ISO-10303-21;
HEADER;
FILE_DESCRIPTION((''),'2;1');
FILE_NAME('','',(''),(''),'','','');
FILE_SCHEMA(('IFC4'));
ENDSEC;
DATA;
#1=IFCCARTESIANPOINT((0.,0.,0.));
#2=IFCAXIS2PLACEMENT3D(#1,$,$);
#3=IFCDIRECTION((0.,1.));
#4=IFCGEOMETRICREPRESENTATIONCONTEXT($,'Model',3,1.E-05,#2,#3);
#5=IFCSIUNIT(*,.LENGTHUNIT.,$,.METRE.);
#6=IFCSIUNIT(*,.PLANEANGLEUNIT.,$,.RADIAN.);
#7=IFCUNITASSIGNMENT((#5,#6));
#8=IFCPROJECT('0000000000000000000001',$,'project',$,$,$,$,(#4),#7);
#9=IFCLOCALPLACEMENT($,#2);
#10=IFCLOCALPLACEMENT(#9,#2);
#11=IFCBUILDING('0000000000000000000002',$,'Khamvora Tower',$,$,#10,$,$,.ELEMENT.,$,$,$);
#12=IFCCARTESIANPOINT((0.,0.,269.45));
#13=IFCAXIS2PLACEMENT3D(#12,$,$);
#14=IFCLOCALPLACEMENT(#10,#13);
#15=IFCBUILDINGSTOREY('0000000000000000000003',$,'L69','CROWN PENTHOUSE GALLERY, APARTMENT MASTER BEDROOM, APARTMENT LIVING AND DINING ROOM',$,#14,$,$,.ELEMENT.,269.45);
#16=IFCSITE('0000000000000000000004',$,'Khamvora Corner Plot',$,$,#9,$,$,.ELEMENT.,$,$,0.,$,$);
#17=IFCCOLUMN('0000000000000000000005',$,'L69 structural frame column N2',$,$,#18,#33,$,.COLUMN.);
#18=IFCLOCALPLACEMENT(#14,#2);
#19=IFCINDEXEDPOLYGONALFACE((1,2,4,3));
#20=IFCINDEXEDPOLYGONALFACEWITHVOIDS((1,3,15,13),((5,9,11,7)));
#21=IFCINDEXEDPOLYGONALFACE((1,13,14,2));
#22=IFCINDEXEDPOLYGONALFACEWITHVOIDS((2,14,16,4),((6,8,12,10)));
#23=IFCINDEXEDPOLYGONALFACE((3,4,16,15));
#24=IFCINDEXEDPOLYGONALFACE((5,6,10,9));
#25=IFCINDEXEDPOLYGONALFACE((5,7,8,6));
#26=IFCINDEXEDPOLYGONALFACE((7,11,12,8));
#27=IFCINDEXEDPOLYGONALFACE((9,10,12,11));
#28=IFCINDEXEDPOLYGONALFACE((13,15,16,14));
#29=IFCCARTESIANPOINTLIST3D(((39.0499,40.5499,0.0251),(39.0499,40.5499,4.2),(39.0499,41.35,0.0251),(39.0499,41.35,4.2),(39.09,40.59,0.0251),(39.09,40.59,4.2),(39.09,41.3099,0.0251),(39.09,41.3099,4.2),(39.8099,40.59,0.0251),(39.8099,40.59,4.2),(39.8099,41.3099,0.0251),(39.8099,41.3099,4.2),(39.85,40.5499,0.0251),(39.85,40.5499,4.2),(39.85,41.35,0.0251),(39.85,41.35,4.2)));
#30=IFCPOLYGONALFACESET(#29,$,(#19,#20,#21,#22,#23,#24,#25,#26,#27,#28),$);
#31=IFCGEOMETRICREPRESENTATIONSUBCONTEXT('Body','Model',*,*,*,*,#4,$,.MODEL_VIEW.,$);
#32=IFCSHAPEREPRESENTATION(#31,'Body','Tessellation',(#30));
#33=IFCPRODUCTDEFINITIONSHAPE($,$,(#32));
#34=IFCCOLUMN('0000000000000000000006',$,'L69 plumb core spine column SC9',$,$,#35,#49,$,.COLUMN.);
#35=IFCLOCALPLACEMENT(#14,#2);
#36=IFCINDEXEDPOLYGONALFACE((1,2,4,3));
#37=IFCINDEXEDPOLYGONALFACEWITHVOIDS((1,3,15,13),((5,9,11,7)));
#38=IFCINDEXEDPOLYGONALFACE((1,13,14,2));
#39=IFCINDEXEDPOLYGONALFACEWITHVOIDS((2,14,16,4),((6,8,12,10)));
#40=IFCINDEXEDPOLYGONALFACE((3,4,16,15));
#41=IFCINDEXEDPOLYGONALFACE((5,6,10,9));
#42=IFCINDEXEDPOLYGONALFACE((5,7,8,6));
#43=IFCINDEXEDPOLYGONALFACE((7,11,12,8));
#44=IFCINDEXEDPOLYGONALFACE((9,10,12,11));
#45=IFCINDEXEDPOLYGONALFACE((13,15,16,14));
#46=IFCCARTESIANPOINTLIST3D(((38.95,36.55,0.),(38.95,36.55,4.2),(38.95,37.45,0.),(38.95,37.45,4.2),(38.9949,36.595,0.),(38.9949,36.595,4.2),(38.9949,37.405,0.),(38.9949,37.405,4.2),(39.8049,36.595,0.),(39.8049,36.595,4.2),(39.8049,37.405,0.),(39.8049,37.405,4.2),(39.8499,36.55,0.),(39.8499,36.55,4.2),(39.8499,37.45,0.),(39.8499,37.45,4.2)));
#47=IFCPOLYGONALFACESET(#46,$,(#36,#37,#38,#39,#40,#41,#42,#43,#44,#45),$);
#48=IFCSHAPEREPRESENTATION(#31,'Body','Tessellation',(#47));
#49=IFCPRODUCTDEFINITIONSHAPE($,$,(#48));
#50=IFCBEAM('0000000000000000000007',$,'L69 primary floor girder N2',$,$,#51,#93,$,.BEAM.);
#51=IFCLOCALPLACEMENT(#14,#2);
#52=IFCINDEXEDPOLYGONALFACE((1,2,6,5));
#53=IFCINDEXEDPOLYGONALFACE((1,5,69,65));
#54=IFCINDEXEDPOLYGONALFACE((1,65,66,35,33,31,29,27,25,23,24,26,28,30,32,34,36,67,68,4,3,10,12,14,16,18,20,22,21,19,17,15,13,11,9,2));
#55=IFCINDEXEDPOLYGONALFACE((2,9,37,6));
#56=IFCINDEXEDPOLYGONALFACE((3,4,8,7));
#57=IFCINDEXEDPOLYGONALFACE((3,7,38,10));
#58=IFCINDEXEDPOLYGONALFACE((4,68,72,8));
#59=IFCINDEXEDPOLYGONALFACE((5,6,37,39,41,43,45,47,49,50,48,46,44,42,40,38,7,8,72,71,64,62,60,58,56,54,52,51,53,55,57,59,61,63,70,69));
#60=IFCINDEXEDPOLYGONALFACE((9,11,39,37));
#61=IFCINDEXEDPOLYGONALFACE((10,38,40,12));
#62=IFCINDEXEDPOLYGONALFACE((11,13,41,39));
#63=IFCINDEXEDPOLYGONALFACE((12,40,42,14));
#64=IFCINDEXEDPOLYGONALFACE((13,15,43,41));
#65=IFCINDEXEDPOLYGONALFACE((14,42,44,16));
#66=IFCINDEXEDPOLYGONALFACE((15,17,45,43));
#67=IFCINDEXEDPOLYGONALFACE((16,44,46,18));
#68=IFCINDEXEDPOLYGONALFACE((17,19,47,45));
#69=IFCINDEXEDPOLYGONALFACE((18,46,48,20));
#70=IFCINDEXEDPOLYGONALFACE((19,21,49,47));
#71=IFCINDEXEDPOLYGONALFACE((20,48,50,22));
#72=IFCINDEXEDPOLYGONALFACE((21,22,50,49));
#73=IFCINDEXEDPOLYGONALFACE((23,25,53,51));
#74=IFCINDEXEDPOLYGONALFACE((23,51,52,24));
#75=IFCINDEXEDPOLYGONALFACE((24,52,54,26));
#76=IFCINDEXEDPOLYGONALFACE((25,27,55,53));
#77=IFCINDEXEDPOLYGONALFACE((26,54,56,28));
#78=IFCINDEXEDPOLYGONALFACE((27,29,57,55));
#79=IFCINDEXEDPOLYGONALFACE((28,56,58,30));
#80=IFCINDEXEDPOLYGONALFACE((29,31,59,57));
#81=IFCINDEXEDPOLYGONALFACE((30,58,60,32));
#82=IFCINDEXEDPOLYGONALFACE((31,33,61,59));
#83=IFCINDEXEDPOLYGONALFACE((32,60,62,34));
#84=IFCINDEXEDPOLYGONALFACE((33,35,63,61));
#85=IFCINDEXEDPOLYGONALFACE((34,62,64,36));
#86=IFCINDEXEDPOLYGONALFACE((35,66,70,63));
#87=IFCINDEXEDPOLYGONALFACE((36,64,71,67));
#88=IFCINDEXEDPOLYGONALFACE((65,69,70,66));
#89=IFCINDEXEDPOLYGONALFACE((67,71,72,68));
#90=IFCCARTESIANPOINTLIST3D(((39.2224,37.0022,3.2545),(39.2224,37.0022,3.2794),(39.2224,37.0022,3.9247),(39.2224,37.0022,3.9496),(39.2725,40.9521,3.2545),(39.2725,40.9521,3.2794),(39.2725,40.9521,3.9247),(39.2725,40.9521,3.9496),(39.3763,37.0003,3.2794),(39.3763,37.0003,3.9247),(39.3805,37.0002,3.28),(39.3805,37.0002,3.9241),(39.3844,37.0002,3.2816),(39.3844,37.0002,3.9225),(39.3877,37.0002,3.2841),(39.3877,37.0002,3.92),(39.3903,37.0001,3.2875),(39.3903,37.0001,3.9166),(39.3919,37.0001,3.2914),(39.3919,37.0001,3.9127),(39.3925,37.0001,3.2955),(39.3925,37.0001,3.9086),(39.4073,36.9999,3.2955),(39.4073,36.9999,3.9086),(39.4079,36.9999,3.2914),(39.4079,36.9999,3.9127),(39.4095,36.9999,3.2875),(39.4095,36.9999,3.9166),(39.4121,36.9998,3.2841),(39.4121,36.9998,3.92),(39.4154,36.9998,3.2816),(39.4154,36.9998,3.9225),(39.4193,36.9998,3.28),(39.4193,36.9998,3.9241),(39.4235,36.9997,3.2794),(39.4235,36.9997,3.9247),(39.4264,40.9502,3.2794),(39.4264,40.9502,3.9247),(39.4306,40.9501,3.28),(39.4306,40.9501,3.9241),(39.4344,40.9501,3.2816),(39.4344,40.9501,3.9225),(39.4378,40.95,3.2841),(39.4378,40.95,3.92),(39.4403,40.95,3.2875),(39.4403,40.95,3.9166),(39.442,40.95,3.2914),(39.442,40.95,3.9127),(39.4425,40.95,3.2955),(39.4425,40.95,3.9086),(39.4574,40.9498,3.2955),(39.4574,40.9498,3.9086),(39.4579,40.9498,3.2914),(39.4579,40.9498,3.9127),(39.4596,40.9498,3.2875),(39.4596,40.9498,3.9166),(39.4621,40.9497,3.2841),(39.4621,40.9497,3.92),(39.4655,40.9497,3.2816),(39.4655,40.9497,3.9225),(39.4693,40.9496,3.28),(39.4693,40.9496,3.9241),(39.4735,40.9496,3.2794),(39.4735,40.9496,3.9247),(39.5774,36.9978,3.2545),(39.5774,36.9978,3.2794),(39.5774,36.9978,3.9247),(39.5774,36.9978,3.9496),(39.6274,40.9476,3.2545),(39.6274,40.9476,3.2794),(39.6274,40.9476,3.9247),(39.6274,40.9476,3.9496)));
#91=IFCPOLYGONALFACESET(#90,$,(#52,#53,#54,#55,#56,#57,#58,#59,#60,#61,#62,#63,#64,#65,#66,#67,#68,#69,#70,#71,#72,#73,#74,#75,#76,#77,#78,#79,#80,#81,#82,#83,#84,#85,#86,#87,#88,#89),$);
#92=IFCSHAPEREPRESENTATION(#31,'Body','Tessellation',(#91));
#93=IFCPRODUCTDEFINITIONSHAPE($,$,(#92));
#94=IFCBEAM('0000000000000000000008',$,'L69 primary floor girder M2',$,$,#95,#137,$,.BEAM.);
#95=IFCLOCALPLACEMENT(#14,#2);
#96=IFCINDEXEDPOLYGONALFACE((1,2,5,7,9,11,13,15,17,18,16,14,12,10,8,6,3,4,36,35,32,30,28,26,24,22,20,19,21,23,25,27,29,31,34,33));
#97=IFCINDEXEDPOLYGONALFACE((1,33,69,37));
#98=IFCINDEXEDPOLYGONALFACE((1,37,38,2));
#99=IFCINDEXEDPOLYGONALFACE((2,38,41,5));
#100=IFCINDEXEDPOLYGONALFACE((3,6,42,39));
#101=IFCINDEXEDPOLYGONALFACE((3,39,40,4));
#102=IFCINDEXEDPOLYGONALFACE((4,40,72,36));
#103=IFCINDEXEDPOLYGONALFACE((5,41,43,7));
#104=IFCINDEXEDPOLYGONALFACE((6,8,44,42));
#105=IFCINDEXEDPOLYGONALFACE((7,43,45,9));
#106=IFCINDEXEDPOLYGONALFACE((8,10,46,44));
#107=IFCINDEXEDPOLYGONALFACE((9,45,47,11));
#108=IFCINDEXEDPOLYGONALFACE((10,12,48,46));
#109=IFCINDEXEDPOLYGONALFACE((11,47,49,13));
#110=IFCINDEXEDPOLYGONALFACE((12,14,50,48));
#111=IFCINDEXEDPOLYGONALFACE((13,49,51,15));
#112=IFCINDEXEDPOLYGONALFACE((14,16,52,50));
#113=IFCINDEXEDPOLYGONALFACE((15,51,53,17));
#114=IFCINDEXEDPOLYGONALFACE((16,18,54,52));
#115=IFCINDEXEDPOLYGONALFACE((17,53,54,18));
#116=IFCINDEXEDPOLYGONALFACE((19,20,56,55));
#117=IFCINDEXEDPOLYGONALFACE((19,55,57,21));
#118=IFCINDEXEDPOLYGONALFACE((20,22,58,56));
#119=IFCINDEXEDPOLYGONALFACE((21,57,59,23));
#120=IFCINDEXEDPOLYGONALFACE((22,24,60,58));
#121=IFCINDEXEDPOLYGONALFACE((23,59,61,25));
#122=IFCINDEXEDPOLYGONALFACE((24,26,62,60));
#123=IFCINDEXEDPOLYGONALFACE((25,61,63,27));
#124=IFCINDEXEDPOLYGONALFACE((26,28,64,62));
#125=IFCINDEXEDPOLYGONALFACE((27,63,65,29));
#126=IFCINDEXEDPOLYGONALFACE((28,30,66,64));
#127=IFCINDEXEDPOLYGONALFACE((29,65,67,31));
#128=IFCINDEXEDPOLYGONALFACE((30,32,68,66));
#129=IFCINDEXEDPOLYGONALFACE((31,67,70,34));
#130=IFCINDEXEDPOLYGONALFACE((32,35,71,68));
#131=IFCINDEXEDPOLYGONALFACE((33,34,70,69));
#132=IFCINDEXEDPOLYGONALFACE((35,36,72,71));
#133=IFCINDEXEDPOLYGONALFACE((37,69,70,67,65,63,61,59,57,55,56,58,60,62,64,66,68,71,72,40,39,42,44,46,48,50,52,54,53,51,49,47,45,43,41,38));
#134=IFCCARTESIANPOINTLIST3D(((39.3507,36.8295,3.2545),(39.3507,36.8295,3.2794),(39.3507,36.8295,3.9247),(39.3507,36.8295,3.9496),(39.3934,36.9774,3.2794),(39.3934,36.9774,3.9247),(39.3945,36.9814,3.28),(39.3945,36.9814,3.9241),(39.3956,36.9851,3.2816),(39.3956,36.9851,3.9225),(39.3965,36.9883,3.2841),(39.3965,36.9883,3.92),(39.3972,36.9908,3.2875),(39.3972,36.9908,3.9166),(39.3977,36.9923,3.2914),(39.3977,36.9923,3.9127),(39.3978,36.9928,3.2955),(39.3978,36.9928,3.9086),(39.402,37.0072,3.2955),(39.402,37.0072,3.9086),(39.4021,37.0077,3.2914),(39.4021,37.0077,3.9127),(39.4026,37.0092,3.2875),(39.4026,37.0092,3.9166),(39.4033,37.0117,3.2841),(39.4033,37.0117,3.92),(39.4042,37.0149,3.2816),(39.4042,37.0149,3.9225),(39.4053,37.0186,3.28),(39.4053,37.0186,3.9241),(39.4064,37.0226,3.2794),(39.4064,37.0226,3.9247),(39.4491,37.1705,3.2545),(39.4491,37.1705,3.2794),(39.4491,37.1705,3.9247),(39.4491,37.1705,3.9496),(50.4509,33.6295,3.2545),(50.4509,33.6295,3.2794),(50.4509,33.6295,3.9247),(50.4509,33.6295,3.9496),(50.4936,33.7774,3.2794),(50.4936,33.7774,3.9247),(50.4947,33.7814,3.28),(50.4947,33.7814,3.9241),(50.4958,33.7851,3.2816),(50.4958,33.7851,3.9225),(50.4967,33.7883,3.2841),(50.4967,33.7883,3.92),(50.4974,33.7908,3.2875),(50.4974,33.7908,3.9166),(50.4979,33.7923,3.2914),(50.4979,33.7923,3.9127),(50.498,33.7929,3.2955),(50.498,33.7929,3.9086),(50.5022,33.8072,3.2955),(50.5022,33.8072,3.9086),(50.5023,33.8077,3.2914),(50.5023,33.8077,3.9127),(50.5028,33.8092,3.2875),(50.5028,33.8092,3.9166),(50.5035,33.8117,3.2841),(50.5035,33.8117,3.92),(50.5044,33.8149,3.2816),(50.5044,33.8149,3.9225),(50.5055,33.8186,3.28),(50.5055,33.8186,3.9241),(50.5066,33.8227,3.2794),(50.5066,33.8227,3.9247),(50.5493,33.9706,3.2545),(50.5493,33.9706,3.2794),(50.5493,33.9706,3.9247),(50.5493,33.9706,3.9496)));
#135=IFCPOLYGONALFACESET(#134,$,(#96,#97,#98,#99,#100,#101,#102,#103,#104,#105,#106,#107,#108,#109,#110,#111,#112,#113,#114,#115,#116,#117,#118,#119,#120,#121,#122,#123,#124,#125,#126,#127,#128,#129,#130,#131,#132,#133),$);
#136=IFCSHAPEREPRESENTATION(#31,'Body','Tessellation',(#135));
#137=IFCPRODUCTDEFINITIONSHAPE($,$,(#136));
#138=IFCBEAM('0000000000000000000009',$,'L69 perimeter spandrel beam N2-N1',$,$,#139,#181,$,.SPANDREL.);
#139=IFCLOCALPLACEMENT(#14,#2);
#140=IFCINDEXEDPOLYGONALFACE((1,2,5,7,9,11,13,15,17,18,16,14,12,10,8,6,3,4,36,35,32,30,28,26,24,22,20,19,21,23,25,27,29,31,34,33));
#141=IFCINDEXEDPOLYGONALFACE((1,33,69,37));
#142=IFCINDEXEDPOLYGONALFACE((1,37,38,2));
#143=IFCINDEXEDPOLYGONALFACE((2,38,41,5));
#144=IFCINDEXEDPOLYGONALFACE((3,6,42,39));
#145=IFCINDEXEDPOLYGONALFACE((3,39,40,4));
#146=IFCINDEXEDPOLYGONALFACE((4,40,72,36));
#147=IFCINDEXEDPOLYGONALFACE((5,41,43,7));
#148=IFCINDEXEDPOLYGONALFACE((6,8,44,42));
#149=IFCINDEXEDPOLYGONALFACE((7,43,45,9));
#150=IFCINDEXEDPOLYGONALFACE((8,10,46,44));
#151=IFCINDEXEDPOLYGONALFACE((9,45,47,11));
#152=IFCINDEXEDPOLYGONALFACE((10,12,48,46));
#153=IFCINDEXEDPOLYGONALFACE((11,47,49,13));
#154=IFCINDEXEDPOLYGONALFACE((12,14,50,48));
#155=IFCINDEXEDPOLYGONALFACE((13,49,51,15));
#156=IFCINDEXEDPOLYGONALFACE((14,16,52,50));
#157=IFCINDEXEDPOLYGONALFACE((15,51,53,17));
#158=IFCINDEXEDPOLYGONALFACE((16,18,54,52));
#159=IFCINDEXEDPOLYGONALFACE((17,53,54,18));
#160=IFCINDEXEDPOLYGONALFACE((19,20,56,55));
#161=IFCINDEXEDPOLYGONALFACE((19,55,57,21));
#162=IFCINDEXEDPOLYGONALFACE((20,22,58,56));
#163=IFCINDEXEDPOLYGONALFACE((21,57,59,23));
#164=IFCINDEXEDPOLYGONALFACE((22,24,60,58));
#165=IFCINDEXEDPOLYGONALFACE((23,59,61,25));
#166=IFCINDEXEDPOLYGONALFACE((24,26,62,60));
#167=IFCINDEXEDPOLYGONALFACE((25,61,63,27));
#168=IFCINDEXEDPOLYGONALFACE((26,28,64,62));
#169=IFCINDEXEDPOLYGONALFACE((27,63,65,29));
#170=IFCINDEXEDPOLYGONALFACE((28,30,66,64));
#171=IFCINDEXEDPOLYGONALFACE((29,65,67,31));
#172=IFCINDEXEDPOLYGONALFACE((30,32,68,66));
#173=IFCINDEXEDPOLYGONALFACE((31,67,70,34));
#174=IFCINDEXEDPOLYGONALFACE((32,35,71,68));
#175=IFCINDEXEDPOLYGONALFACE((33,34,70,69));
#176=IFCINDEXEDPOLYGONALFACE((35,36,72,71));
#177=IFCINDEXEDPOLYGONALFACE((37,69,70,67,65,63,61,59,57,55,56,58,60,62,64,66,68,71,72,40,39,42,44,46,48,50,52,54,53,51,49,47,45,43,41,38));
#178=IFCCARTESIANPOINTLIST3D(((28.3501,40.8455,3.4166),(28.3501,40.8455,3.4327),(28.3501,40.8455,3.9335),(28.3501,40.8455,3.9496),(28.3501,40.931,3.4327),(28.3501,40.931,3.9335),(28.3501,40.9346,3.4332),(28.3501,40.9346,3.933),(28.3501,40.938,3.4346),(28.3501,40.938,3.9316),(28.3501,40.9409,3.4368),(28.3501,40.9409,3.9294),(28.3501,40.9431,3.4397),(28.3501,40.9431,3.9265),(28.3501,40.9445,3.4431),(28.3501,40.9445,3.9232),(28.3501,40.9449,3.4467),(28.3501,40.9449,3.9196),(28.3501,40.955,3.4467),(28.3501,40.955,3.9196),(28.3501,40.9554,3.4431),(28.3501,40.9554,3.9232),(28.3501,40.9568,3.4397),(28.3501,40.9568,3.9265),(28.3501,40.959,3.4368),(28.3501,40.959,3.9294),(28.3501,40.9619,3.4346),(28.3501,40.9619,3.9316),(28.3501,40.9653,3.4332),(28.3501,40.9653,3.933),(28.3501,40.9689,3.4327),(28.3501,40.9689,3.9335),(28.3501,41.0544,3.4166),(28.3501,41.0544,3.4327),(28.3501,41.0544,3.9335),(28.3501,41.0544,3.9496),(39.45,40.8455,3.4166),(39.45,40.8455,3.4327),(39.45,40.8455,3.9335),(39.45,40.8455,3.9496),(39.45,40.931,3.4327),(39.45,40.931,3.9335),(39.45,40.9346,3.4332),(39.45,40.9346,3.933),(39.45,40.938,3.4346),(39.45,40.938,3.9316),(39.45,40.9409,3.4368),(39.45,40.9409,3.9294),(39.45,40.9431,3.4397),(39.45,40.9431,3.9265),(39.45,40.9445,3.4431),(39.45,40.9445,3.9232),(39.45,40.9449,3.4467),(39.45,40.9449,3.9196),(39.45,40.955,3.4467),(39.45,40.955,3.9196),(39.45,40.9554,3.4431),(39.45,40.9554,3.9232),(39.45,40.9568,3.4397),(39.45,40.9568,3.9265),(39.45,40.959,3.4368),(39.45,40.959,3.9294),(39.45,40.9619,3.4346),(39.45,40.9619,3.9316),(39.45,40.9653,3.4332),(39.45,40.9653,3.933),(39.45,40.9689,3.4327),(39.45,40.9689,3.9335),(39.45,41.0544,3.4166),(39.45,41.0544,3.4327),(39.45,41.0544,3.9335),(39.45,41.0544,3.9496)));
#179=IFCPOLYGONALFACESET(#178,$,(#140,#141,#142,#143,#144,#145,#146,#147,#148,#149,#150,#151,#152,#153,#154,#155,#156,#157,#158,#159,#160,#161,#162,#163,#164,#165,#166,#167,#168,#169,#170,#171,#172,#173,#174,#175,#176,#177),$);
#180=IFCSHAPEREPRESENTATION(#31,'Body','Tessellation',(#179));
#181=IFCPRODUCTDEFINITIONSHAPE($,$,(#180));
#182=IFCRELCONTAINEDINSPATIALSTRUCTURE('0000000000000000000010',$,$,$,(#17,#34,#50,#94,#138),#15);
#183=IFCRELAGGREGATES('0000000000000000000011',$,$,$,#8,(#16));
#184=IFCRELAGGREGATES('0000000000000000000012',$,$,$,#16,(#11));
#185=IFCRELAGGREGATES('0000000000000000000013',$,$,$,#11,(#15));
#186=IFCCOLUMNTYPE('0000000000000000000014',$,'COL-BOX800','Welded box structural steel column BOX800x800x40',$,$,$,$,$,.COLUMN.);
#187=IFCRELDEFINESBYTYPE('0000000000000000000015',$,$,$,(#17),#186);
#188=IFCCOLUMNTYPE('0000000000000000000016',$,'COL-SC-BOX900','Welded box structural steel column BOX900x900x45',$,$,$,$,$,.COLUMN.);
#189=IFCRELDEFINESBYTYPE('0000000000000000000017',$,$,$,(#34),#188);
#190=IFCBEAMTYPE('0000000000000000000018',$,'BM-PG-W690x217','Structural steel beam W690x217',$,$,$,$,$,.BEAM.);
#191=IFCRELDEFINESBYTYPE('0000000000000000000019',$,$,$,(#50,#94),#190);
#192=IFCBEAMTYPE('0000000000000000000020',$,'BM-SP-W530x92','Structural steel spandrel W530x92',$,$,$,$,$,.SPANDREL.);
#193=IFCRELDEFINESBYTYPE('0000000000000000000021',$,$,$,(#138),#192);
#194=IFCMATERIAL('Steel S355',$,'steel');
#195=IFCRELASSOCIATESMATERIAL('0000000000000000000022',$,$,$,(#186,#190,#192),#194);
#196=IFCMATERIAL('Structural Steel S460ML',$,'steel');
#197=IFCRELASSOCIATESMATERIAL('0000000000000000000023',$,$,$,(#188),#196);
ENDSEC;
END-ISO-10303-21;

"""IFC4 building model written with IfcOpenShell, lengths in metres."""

from ifc_helpers import new_model, si_unit, direction, frame, origin, origin_2d, place, context, subcontext, project, spatial, hollow_rectangle, i_section, extrude, material, material_profile, profile_set, type_object, element, save


model = new_model("IFC4")

# Units and contexts
model_context = context("Model", 3, precision=1e-05, world=origin(), true_north=direction((0.0, 1.0)))
body_context = subcontext(model_context, "Body", "Model", "MODEL_VIEW")
ifc_project = project(units=[si_unit("LENGTHUNIT", "METRE"), si_unit("PLANEANGLEUNIT", "RADIAN")], contexts=[model_context])

# Site, building, storey
site_placement = place(None, origin())
site = spatial("IfcSite", under=ifc_project, at=site_placement, Name="Khamvora Corner Plot", CompositionType="ELEMENT", RefElevation=0.0)
building_placement = place(site_placement, origin())
building = spatial("IfcBuilding", under=site, at=building_placement, Name="Khamvora Tower", CompositionType="ELEMENT")
storey_placement = place(building_placement, frame((0.0, 0.0, 269.45)))
storey = spatial("IfcBuildingStorey", under=building, at=storey_placement, Name="L69", Description="CROWN PENTHOUSE GALLERY, APARTMENT MASTER BEDROOM, APARTMENT LIVING AND DINING ROOM", CompositionType="ELEMENT", Elevation=269.45)

# Columns
ifc_material_1 = material(Name="Steel S355", Category="steel")
ifc_material_profile_1 = material_profile(ifc_material_1, hollow_rectangle(XDim=0.8, YDim=0.8, WallThickness=0.04, at=origin_2d()), Name="BOX800x800x40")
ifc_profile_set_1 = profile_set([ifc_material_profile_1], Name="Steel S355")
column_type_1 = type_object("IfcColumnType", Name="COL-BOX800", Description="Welded box structural steel column BOX800x800x40", PredefinedType="COLUMN", material=ifc_profile_set_1)
column_1_placement = place(storey_placement, frame((39.45, 40.95, 0.0251), z_axis=(0.0, 0.0, 1.0), x_axis=(1.0, 0.0, 0.0)))
element("IfcColumn", 1, at=column_1_placement, inside=storey, type_object=column_type_1, Name="L69 structural frame column N2", PredefinedType="COLUMN", context=body_context, shape_type="SweptSolid", body=[
    extrude(hollow_rectangle(XDim=0.8, YDim=0.8, WallThickness=0.04, at=origin_2d()), origin(), (0.0, 0.0, 1.0), 4.1748),
])
ifc_material_2 = material(Name="Structural Steel S460ML", Category="steel")
ifc_material_profile_2 = material_profile(ifc_material_2, hollow_rectangle(XDim=0.8999, YDim=0.8999, WallThickness=0.0449, at=origin_2d()), Name="BOX900x900x45")
ifc_profile_set_2 = profile_set([ifc_material_profile_2], Name="Structural Steel S460ML")
column_type_2 = type_object("IfcColumnType", Name="COL-SC-BOX900", Description="Welded box structural steel column BOX900x900x45", PredefinedType="COLUMN", material=ifc_profile_set_2)
column_2_placement = place(storey_placement, frame((39.3999, 37.0, 0.0), z_axis=(0.0, 0.0, 1.0), x_axis=(1.0, 0.0, 0.0)))
element("IfcColumn", 2, at=column_2_placement, inside=storey, type_object=column_type_2, Name="L69 plumb core spine column SC9", PredefinedType="COLUMN", context=body_context, shape_type="SweptSolid", body=[
    extrude(hollow_rectangle(XDim=0.8999, YDim=0.8999, WallThickness=0.0449, at=origin_2d()), origin(), (0.0, 0.0, 1.0), 4.2),
])

# Beams
ifc_material_profile_3 = material_profile(ifc_material_1, i_section(OverallWidth=0.355, OverallDepth=0.6951, WebThickness=0.0149, FlangeThickness=0.0249, FilletRadius=0.0161, at=origin_2d()), Name="W690x217")
ifc_profile_set_3 = profile_set([ifc_material_profile_3], Name="Steel S355")
beam_type_1 = type_object("IfcBeamType", Name="BM-PG-W690x217", Description="Structural steel beam W690x217", PredefinedType="BEAM", material=ifc_profile_set_3)
beam_1_placement = place(storey_placement, frame((39.3999, 37.0, 3.6021), z_axis=(0.01267, 0.99992, 0.0), x_axis=(-0.99992, 0.01267, 0.0)))
element("IfcBeam", 3, at=beam_1_placement, inside=storey, type_object=beam_type_1, Name="L69 primary floor girder N2", PredefinedType="BEAM", context=body_context, shape_type="SweptSolid", body=[
    extrude(i_section(OverallWidth=0.355, OverallDepth=0.6951, WebThickness=0.0149, FlangeThickness=0.0249, FilletRadius=0.0161, at=origin_2d()), origin(), (0.0, 0.0, 1.0), 3.9502),
])
beam_2_placement = place(storey_placement, frame((39.3999, 37.0, 3.6021), z_axis=(0.96087, -0.277001, 0.0), x_axis=(0.277001, 0.96087, 0.0)))
element("IfcBeam", 4, at=beam_2_placement, inside=storey, type_object=beam_type_1, Name="L69 primary floor girder M2", PredefinedType="BEAM", context=body_context, shape_type="SweptSolid", body=[
    extrude(i_section(OverallWidth=0.355, OverallDepth=0.6951, WebThickness=0.0149, FlangeThickness=0.0249, FilletRadius=0.0161, at=origin_2d()), origin(), (0.0, 0.0, 1.0), 11.5522),
])
ifc_material_profile_4 = material_profile(ifc_material_1, i_section(OverallWidth=0.209, OverallDepth=0.533, WebThickness=0.01, FlangeThickness=0.0161, FilletRadius=0.0139, at=origin_2d()), Name="W530x92")
ifc_profile_set_4 = profile_set([ifc_material_profile_4], Name="Steel S355")
beam_type_2 = type_object("IfcBeamType", Name="BM-SP-W530x92", Description="Structural steel spandrel W530x92", PredefinedType="SPANDREL", material=ifc_profile_set_4)
beam_3_placement = place(storey_placement, frame((39.45, 40.95, 3.6831), z_axis=(-1.0, 0.0, 0.0), x_axis=(0.0, -1.0, 0.0)))
element("IfcBeam", 5, at=beam_3_placement, inside=storey, type_object=beam_type_2, Name="L69 perimeter spandrel beam N2-N1", PredefinedType="SPANDREL", context=body_context, shape_type="SweptSolid", body=[
    extrude(i_section(OverallWidth=0.209, OverallDepth=0.533, WebThickness=0.01, FlangeThickness=0.0161, FilletRadius=0.0139, at=origin_2d()), origin(), (0.0, 0.0, 1.0), 11.0999),
])

save(model, "model.ifc")
